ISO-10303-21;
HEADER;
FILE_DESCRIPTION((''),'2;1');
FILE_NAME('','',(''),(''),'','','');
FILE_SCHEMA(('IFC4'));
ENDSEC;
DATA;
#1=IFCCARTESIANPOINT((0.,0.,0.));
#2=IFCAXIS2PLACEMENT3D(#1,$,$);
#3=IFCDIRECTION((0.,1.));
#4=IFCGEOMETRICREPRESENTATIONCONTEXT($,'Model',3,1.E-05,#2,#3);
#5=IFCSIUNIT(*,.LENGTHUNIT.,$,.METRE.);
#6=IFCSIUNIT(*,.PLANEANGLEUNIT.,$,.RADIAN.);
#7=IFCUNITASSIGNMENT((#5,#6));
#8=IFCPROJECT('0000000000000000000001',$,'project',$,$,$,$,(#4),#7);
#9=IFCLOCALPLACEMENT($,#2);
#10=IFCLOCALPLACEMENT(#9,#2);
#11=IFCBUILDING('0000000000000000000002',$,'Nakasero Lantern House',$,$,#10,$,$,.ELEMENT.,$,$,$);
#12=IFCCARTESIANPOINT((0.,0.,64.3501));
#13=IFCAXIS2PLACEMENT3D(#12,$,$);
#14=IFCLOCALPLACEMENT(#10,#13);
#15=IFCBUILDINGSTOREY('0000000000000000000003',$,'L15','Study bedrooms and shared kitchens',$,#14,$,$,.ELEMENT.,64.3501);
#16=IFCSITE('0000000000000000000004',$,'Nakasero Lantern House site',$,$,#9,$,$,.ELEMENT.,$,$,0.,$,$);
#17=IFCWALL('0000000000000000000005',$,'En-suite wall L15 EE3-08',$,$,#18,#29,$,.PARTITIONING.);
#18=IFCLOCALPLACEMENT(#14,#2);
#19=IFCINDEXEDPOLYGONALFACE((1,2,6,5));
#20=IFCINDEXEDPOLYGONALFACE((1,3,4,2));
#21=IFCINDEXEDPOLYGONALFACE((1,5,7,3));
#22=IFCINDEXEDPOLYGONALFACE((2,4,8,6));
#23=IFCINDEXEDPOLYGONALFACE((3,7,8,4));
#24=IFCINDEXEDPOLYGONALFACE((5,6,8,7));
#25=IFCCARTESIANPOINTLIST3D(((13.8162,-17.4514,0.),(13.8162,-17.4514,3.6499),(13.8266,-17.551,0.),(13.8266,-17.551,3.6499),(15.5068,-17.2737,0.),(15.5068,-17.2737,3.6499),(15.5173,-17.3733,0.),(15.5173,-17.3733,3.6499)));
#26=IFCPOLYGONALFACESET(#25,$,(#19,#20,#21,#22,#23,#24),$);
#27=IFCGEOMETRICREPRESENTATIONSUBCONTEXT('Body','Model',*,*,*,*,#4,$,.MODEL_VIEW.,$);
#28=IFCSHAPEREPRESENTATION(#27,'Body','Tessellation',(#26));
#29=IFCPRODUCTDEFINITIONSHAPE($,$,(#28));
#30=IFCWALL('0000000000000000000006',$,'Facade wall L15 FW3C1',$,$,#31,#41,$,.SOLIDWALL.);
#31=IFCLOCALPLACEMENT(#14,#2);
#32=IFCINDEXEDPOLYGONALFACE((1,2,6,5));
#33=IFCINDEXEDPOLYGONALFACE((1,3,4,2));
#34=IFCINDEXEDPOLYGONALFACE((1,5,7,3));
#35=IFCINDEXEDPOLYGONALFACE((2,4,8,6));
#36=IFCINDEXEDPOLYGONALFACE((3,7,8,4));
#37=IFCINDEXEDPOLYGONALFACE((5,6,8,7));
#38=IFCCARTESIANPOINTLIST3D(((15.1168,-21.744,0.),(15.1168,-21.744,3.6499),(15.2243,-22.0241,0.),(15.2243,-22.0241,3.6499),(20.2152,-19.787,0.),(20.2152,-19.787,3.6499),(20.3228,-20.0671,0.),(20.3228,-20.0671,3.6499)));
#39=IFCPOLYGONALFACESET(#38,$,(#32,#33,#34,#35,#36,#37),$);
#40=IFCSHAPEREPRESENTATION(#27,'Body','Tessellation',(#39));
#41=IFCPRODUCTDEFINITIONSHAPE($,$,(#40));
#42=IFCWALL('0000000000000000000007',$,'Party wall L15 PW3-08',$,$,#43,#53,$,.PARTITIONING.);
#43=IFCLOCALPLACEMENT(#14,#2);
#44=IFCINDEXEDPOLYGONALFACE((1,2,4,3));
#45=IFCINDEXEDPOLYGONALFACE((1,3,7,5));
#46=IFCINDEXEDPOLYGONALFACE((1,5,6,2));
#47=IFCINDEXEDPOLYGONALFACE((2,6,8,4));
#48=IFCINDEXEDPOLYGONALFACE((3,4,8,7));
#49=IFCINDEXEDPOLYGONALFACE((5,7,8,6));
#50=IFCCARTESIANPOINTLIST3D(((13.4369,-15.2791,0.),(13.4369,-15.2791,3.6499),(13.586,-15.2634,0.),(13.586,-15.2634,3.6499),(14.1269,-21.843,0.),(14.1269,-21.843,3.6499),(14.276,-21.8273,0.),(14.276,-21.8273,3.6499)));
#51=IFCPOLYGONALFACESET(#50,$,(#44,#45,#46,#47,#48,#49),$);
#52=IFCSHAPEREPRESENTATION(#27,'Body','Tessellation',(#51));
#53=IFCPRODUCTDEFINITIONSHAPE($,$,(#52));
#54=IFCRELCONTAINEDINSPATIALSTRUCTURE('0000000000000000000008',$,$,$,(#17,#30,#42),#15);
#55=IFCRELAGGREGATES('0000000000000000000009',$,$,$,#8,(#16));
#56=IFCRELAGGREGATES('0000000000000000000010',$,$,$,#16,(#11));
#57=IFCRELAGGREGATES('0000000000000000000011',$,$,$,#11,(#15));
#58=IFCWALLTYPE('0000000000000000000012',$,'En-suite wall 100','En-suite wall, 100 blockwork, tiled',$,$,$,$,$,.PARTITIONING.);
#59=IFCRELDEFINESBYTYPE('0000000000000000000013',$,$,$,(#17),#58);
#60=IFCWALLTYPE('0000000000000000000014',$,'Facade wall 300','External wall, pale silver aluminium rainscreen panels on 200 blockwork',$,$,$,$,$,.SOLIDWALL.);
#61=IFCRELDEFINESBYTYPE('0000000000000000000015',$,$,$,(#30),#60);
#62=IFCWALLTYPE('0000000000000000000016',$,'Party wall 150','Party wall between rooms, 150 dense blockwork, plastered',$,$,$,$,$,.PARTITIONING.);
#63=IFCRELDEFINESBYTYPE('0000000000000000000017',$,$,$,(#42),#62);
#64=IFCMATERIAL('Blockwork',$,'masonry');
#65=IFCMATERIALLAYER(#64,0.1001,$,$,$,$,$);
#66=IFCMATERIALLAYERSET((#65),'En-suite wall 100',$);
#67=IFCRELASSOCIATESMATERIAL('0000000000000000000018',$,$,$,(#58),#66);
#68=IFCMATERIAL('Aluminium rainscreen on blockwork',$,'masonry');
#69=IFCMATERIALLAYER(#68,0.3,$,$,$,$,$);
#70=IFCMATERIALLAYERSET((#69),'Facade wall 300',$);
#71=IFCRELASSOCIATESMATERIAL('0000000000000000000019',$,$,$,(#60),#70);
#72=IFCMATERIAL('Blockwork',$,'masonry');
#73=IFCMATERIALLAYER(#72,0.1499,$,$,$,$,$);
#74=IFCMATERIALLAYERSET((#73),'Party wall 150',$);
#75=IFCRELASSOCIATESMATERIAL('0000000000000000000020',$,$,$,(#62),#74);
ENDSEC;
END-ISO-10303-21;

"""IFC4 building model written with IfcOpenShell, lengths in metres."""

from ifc_helpers import new_model, si_unit, direction, frame, frame_2d, origin, place, context, subcontext, project, spatial, rectangle, extrude, material, layer, layer_set, type_object, element, save


model = new_model("IFC4")

# Units and contexts
model_context = context("Model", 3, precision=1e-05, world=origin(), true_north=direction((0.0, 1.0)))
body_context = subcontext(model_context, "Body", "Model", "MODEL_VIEW")
ifc_project = project(units=[si_unit("LENGTHUNIT", "METRE"), si_unit("PLANEANGLEUNIT", "RADIAN")], contexts=[model_context])

# Site, building, storey
site_placement = place(None, origin())
site = spatial("IfcSite", under=ifc_project, at=site_placement, Name="Nakasero Lantern House site", CompositionType="ELEMENT", RefElevation=0.0)
building_placement = place(site_placement, origin())
building = spatial("IfcBuilding", under=site, at=building_placement, Name="Nakasero Lantern House", CompositionType="ELEMENT")
storey_placement = place(building_placement, frame((0.0, 0.0, 64.3501)))
storey = spatial("IfcBuildingStorey", under=building, at=storey_placement, Name="L15", Description="Study bedrooms and shared kitchens", CompositionType="ELEMENT", Elevation=64.3501)

# Shared definitions
ifc_material_1 = material(Name="Blockwork", Category="masonry")
ifc_layer_1 = layer(ifc_material_1, 0.1001)
ifc_layer_set_1 = layer_set([ifc_layer_1], Name="En-suite wall 100")
wall_type_1 = type_object("IfcWallType", Name="En-suite wall 100", Description="En-suite wall, 100 blockwork, tiled", PredefinedType="PARTITIONING", material=ifc_layer_set_1)

# Walls
wall_1_placement = place(storey_placement, frame((13.8213, -17.5012, 0.0), z_axis=(0.0, 0.0, 1.0), x_axis=(0.99452, 0.10455, 0.0)))
element("IfcWall", 1, at=wall_1_placement, inside=storey, type_object=wall_type_1, Name="En-suite wall L15 EE3-08", PredefinedType="PARTITIONING", context=body_context, shape_type="SweptSolid", body=[
    extrude(rectangle(XDim=1.7, YDim=0.1001, at=frame_2d((0.8501, 0.0))), origin(), (0.0, 0.0, 1.0), 3.6499),
])
ifc_material_2 = material(Name="Aluminium rainscreen on blockwork", Category="masonry")
ifc_layer_2 = layer(ifc_material_2, 0.3)
ifc_layer_set_2 = layer_set([ifc_layer_2], Name="Facade wall 300")
wall_type_2 = type_object("IfcWallType", Name="Facade wall 300", Description="External wall, pale silver aluminium rainscreen panels on 200 blockwork", PredefinedType="SOLIDWALL", material=ifc_layer_set_2)
wall_2_placement = place(storey_placement, frame((15.1707, -21.884, 0.0), z_axis=(0.0, 0.0, 1.0), x_axis=(0.933584, 0.358359, 0.0)))
element("IfcWall", 2, at=wall_2_placement, inside=storey, type_object=wall_type_2, Name="Facade wall L15 FW3C1", PredefinedType="SOLIDWALL", context=body_context, shape_type="SweptSolid", body=[
    extrude(rectangle(XDim=5.4612, YDim=0.3, at=frame_2d((2.7305, 0.0))), origin(), (0.0, 0.0, 1.0), 3.6499),
])
ifc_material_3 = material(Name="Blockwork", Category="masonry")
ifc_layer_3 = layer(ifc_material_3, 0.1499)
ifc_layer_set_3 = layer_set([ifc_layer_3], Name="Party wall 150")
wall_type_3 = type_object("IfcWallType", Name="Party wall 150", Description="Party wall between rooms, 150 dense blockwork, plastered", PredefinedType="PARTITIONING", material=ifc_layer_set_3)
wall_3_placement = place(storey_placement, frame((13.5115, -15.2712, 0.0), z_axis=(0.0, 0.0, 1.0), x_axis=(0.104535, -0.994521, 0.0)))
element("IfcWall", 3, at=wall_3_placement, inside=storey, type_object=wall_type_3, Name="Party wall L15 PW3-08", PredefinedType="PARTITIONING", context=body_context, shape_type="SweptSolid", body=[
    extrude(rectangle(XDim=6.6001, YDim=0.1499, at=frame_2d((3.3, 0.0))), origin(), (0.0, 0.0, 1.0), 3.6499),
])

save(model, "model.ifc")
